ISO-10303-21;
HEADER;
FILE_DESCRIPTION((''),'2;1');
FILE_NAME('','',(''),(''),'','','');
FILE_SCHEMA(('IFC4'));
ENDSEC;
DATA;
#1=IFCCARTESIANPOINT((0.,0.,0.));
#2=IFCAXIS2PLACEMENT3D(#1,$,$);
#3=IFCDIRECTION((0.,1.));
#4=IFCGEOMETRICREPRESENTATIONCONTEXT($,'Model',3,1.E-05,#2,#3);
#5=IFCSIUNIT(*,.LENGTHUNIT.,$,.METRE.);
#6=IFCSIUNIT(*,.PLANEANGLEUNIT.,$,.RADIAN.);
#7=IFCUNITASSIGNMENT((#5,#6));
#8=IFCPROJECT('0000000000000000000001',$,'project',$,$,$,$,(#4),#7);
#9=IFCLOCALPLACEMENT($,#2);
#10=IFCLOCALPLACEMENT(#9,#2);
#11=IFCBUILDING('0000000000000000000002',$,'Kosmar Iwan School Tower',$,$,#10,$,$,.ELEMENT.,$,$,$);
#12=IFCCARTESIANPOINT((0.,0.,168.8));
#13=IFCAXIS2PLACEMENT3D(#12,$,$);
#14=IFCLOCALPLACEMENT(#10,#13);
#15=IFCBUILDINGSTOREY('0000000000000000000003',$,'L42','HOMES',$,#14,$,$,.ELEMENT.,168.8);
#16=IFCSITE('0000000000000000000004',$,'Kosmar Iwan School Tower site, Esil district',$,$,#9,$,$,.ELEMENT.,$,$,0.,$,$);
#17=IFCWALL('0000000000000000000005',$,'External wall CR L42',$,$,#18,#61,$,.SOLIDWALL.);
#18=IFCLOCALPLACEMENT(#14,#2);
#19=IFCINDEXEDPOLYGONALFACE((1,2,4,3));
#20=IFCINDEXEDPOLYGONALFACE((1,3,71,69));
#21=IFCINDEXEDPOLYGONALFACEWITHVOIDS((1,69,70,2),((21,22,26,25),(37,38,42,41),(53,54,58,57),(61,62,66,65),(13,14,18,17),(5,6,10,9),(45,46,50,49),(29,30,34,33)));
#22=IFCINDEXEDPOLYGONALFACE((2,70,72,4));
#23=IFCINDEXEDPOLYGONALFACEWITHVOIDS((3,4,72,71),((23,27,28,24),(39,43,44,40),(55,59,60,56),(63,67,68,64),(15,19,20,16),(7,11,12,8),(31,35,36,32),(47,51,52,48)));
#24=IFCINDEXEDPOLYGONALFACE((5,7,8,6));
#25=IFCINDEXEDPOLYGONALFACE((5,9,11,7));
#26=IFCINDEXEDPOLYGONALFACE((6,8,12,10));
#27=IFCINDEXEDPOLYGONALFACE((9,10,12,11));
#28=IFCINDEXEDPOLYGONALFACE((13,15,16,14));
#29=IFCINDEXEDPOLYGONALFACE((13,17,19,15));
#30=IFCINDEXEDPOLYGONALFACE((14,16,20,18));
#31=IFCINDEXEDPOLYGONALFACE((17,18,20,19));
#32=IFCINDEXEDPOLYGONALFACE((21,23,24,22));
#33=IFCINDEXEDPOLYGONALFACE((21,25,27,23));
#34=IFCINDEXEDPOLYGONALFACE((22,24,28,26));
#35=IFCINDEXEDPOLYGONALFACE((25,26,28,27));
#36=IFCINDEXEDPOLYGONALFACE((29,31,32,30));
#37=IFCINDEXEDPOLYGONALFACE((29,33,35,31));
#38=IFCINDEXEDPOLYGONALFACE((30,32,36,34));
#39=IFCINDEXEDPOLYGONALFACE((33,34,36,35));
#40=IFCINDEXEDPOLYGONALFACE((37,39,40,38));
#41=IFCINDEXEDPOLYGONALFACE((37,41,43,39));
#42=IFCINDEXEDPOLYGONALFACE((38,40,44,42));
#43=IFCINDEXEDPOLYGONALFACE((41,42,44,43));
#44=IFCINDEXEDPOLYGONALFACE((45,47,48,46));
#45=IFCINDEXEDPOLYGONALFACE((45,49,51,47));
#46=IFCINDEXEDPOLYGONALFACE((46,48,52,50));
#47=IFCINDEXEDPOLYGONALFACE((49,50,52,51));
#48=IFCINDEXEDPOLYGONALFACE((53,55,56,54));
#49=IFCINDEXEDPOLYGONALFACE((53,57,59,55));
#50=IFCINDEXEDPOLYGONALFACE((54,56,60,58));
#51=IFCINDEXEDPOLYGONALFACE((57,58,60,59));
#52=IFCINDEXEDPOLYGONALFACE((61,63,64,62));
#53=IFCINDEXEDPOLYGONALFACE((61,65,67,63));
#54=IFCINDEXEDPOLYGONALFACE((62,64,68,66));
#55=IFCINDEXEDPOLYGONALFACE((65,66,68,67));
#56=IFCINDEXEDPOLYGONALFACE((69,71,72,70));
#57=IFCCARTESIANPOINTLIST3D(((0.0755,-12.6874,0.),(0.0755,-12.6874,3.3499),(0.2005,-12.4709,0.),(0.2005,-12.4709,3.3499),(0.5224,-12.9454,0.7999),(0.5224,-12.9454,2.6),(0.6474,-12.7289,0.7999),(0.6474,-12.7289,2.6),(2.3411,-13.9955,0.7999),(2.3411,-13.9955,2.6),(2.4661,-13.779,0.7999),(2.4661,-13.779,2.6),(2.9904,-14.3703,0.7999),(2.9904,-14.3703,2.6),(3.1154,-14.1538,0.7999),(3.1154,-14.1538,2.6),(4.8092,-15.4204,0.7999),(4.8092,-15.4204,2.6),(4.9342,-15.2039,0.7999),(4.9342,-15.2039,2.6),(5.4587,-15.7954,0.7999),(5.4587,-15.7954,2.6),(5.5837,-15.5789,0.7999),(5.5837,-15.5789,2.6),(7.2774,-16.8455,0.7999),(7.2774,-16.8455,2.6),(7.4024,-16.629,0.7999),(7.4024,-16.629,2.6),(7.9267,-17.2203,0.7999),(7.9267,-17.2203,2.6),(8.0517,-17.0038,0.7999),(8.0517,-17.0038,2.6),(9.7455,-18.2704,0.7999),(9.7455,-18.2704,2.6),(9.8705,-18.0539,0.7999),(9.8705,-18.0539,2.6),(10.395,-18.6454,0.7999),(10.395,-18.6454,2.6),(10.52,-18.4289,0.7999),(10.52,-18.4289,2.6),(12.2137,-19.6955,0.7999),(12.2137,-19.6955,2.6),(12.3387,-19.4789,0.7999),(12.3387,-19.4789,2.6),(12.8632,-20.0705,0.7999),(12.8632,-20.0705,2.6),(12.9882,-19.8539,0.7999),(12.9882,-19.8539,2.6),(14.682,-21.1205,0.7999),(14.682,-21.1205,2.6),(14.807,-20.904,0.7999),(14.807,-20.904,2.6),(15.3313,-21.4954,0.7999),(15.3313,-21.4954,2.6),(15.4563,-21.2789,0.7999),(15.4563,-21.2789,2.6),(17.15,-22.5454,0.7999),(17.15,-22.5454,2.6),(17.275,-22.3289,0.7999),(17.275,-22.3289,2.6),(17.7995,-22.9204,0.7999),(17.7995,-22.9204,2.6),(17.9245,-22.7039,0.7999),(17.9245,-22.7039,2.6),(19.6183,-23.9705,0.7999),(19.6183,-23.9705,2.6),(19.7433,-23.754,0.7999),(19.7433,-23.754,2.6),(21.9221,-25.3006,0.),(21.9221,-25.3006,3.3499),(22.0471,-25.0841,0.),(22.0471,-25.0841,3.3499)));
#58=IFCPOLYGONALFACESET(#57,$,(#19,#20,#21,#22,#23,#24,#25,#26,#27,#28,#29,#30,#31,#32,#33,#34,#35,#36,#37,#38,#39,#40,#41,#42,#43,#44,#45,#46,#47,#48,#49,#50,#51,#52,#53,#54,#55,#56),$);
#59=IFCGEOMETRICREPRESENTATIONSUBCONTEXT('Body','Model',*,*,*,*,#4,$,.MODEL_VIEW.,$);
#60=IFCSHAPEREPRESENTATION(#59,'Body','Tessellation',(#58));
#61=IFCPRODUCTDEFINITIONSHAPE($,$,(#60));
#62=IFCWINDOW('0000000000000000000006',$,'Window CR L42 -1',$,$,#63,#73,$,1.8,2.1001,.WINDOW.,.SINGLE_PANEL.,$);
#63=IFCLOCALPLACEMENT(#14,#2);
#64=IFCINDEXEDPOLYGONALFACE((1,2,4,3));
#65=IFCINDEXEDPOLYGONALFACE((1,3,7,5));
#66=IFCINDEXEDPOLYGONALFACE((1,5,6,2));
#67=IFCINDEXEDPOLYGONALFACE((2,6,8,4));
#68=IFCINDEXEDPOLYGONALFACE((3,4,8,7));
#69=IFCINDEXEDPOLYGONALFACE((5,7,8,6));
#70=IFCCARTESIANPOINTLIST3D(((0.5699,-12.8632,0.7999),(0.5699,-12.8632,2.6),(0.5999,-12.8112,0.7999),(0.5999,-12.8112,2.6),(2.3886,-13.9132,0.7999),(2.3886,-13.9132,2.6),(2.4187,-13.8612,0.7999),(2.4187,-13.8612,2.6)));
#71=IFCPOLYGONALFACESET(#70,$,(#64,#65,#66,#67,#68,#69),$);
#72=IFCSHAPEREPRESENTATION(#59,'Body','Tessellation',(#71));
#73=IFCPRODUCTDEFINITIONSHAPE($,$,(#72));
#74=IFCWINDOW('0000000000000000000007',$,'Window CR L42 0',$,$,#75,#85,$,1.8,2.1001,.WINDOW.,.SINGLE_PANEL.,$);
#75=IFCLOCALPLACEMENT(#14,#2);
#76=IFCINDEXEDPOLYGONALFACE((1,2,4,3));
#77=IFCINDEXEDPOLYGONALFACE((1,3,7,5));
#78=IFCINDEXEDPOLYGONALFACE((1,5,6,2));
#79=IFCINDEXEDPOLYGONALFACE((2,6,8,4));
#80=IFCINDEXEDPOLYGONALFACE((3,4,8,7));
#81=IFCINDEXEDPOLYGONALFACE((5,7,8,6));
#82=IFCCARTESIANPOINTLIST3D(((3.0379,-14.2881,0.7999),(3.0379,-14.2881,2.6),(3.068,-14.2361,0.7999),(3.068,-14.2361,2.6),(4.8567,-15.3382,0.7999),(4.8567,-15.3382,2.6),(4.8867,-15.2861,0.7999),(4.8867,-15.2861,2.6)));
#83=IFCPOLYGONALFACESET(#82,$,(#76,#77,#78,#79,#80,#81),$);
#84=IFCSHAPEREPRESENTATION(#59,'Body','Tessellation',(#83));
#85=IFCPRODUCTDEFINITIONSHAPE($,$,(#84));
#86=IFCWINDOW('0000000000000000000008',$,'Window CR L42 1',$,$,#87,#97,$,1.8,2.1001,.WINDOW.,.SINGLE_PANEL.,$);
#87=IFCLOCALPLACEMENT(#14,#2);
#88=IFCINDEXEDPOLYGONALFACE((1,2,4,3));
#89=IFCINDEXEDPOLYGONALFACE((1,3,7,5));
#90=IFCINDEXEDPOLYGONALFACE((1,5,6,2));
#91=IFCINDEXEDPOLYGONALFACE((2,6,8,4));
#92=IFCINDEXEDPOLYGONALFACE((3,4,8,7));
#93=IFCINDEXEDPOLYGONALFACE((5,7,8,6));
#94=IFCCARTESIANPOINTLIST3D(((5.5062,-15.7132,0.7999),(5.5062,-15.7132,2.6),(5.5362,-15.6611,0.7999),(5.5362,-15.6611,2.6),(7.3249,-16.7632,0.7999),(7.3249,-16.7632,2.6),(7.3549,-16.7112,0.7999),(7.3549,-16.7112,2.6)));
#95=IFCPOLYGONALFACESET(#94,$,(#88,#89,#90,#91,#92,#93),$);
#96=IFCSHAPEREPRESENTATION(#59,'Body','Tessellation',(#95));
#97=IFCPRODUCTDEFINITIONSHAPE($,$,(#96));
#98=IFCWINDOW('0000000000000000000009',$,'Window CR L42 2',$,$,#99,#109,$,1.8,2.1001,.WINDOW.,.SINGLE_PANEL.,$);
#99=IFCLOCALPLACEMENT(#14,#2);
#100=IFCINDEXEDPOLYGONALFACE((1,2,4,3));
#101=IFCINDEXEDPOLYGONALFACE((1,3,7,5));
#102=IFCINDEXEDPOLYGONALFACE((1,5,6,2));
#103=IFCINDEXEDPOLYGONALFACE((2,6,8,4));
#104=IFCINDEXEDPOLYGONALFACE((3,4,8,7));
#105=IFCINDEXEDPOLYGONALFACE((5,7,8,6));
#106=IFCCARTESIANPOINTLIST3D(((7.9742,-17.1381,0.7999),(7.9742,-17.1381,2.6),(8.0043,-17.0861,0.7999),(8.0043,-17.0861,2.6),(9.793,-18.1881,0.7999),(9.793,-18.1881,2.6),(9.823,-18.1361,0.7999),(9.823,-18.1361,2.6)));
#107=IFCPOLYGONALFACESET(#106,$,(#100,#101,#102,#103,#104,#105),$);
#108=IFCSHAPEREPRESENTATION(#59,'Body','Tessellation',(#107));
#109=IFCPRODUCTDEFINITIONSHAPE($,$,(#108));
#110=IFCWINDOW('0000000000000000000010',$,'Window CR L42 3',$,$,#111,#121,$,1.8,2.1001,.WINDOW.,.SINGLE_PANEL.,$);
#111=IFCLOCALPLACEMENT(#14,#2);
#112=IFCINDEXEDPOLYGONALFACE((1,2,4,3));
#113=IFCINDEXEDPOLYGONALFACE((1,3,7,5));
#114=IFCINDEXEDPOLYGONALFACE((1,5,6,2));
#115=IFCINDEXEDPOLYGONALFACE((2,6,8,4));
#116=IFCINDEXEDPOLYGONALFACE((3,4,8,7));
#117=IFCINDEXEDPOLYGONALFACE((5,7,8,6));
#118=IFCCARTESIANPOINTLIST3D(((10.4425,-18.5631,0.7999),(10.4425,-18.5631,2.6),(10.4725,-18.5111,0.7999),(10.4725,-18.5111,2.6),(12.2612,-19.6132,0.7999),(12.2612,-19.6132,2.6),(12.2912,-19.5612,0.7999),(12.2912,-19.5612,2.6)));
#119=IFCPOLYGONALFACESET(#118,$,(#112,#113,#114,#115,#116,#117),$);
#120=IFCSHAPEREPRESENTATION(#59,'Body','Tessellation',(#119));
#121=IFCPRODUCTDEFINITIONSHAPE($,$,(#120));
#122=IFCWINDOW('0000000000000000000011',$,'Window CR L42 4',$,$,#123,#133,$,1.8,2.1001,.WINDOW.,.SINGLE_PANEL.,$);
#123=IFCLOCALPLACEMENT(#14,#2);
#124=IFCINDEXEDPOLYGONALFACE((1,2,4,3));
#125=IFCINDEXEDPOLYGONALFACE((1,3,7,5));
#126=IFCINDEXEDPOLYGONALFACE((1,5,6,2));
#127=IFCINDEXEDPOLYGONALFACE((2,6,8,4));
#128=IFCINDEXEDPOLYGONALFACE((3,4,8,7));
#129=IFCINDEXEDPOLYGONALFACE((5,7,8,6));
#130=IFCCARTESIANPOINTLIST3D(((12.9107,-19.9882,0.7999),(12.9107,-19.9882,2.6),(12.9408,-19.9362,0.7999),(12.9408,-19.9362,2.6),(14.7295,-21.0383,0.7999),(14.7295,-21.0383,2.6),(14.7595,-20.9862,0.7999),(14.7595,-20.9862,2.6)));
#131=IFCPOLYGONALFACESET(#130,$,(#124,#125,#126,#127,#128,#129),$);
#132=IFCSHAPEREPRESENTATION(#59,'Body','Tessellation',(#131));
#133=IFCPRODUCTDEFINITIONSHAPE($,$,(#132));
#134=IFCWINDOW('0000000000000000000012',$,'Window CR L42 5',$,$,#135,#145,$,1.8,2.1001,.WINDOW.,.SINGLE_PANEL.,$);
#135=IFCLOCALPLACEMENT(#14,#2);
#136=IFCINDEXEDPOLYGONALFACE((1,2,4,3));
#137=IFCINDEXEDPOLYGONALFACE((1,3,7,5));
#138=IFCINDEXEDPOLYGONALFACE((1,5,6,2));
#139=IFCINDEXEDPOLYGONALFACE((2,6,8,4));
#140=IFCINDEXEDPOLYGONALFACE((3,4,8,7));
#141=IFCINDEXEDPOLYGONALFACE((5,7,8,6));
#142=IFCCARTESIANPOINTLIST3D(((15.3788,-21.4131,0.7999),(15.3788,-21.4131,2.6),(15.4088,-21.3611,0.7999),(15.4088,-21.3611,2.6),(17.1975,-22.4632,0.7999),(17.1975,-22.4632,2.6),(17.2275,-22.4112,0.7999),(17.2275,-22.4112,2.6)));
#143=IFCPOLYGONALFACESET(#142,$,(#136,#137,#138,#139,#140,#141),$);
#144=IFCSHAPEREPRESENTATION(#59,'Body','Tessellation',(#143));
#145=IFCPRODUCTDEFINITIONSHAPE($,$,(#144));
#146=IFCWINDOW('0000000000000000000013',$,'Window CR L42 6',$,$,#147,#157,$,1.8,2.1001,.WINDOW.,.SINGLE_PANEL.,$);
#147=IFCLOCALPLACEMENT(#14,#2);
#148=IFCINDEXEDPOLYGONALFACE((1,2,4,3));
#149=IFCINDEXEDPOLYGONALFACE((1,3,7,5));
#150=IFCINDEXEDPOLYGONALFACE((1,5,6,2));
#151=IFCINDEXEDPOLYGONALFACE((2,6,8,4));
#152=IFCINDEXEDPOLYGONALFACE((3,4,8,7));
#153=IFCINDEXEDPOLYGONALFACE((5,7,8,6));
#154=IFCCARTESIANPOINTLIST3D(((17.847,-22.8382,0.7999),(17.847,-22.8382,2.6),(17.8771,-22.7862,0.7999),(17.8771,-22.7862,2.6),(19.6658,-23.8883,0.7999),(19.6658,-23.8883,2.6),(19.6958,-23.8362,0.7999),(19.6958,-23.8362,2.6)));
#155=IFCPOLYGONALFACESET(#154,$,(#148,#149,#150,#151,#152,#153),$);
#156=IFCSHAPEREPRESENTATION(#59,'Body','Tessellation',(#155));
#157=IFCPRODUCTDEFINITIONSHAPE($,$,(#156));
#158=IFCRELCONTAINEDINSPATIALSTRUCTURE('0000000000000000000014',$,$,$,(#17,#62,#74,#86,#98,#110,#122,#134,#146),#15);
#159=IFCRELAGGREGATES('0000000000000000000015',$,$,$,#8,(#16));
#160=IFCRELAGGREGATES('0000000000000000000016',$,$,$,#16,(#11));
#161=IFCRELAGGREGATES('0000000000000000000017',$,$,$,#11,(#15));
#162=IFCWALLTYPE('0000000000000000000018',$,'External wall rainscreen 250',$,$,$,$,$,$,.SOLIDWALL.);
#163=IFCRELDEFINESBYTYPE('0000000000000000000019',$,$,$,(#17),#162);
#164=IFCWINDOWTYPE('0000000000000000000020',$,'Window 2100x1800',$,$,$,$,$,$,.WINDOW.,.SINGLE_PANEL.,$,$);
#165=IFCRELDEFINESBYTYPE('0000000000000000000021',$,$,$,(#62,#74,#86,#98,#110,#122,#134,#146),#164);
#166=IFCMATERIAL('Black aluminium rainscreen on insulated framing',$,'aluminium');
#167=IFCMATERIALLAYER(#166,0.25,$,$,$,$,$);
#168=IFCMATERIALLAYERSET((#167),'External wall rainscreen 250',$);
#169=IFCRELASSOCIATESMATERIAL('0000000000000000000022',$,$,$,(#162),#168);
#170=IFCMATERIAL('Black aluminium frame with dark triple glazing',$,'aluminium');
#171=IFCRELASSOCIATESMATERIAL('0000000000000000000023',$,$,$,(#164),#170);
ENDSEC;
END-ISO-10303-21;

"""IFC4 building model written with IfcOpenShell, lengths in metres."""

from ifc_helpers import new_model, si_unit, direction, frame, frame_2d, origin, place, context, subcontext, project, spatial, rectangle, extrude, material, layer, layer_set, type_object, element, fill, save


model = new_model("IFC4")

# Units and contexts
model_context = context("Model", 3, precision=1e-05, world=origin(), true_north=direction((0.0, 1.0)))
body_context = subcontext(model_context, "Body", "Model", "MODEL_VIEW")
ifc_project = project(units=[si_unit("LENGTHUNIT", "METRE"), si_unit("PLANEANGLEUNIT", "RADIAN")], contexts=[model_context])

# Site, building, storey
site_placement = place(None, origin())
site = spatial("IfcSite", under=ifc_project, at=site_placement, Name="Kosmar Iwan School Tower site, Esil district", CompositionType="ELEMENT", RefElevation=0.0)
building_placement = place(site_placement, origin())
building = spatial("IfcBuilding", under=site, at=building_placement, Name="Kosmar Iwan School Tower", CompositionType="ELEMENT")
storey_placement = place(building_placement, frame((0.0, 0.0, 168.8)))
storey = spatial("IfcBuildingStorey", under=building, at=storey_placement, Name="L42", Description="HOMES", CompositionType="ELEMENT", Elevation=168.8)

# Wall, openings, windows
ifc_material_1 = material(Name="Black aluminium rainscreen on insulated framing", Category="aluminium")
ifc_layer = layer(ifc_material_1, 0.25)
ifc_layer_set = layer_set([ifc_layer], Name="External wall rainscreen 250")
wall_type = type_object("IfcWallType", Name="External wall rainscreen 250", PredefinedType="SOLIDWALL", material=ifc_layer_set)
ifc_material_2 = material(Name="Black aluminium frame with dark triple glazing", Category="aluminium")
window_type = type_object("IfcWindowType", Name="Window 2100x1800", PartitioningType="SINGLE_PANEL", PredefinedType="WINDOW", material=ifc_material_2)
wall_1_placement = place(storey_placement, frame((0.1379, -12.5791, 0.0), z_axis=(0.0, 0.0, 1.0), x_axis=(0.866024, -0.500003, 0.0)))
wall_1 = element("IfcWall", 1, at=wall_1_placement, inside=storey, type_object=wall_type, Name="External wall CR L42", PredefinedType="SOLIDWALL", context=body_context, shape_type="SweptSolid", body=[
    extrude(rectangle(XDim=25.2263, YDim=0.25, at=frame_2d((12.6133, 0.0))), origin(), (0.0, 0.0, 1.0), 3.3499),
])
opening_1_placement = place(wall_1_placement, frame((0.5161, 0.0, 0.8)))
opening_1 = element("IfcOpeningElement", 2, at=opening_1_placement, cuts=wall_1, PredefinedType="OPENING", context=body_context, shape_type="SweptSolid", body=[
    extrude(rectangle(XDim=2.1001, YDim=1.8, at=frame_2d((1.05, 0.8999))), frame((0.0, 0.137, 0.0), z_axis=(0.0, -1.0, 0.0), x_axis=(1.0, 0.0, 0.0)), (0.0, 0.0, 1.0), 0.2739),
])
opening_2_placement = place(wall_1_placement, frame((3.366, 0.0, 0.8)))
opening_2 = element("IfcOpeningElement", 3, at=opening_2_placement, cuts=wall_1, PredefinedType="OPENING", context=body_context, shape_type="SweptSolid", body=[
    extrude(rectangle(XDim=2.1001, YDim=1.8, at=frame_2d((1.05, 0.8999))), frame((0.0, 0.137, 0.0), z_axis=(0.0, -1.0, 0.0), x_axis=(1.0, 0.0, 0.0)), (0.0, 0.0, 1.0), 0.2739),
])
opening_3_placement = place(wall_1_placement, frame((6.2161, 0.0, 0.8)))
opening_3 = element("IfcOpeningElement", 4, at=opening_3_placement, cuts=wall_1, PredefinedType="OPENING", context=body_context, shape_type="SweptSolid", body=[
    extrude(rectangle(XDim=2.1001, YDim=1.8, at=frame_2d((1.05, 0.8999))), frame((0.0, 0.137, 0.0), z_axis=(0.0, -1.0, 0.0), x_axis=(1.0, 0.0, 0.0)), (0.0, 0.0, 1.0), 0.2739),
])
opening_4_placement = place(wall_1_placement, frame((9.0659, 0.0, 0.8)))
opening_4 = element("IfcOpeningElement", 5, at=opening_4_placement, cuts=wall_1, PredefinedType="OPENING", context=body_context, shape_type="SweptSolid", body=[
    extrude(rectangle(XDim=2.1001, YDim=1.8, at=frame_2d((1.05, 0.8999))), frame((0.0, 0.137, 0.0), z_axis=(0.0, -1.0, 0.0), x_axis=(1.0, 0.0, 0.0)), (0.0, 0.0, 1.0), 0.2739),
])
opening_5_placement = place(wall_1_placement, frame((11.916, 0.0, 0.8)))
opening_5 = element("IfcOpeningElement", 6, at=opening_5_placement, cuts=wall_1, PredefinedType="OPENING", context=body_context, shape_type="SweptSolid", body=[
    extrude(rectangle(XDim=2.1001, YDim=1.8, at=frame_2d((1.05, 0.8999))), frame((0.0, 0.137, 0.0), z_axis=(0.0, -1.0, 0.0), x_axis=(1.0, 0.0, 0.0)), (0.0, 0.0, 1.0), 0.2739),
])
opening_6_placement = place(wall_1_placement, frame((14.7661, 0.0, 0.8)))
opening_6 = element("IfcOpeningElement", 7, at=opening_6_placement, cuts=wall_1, PredefinedType="OPENING", context=body_context, shape_type="SweptSolid", body=[
    extrude(rectangle(XDim=2.1001, YDim=1.8, at=frame_2d((1.05, 0.8999))), frame((0.0, 0.137, 0.0), z_axis=(0.0, -1.0, 0.0), x_axis=(1.0, 0.0, 0.0)), (0.0, 0.0, 1.0), 0.2739),
])
opening_7_placement = place(wall_1_placement, frame((17.616, 0.0, 0.8)))
opening_7 = element("IfcOpeningElement", 8, at=opening_7_placement, cuts=wall_1, PredefinedType="OPENING", context=body_context, shape_type="SweptSolid", body=[
    extrude(rectangle(XDim=2.1001, YDim=1.8, at=frame_2d((1.05, 0.8999))), frame((0.0, 0.137, 0.0), z_axis=(0.0, -1.0, 0.0), x_axis=(1.0, 0.0, 0.0)), (0.0, 0.0, 1.0), 0.2739),
])
opening_8_placement = place(wall_1_placement, frame((20.4661, 0.0, 0.8)))
opening_8 = element("IfcOpeningElement", 9, at=opening_8_placement, cuts=wall_1, PredefinedType="OPENING", context=body_context, shape_type="SweptSolid", body=[
    extrude(rectangle(XDim=2.1001, YDim=1.8, at=frame_2d((1.05, 0.8999))), frame((0.0, 0.137, 0.0), z_axis=(0.0, -1.0, 0.0), x_axis=(1.0, 0.0, 0.0)), (0.0, 0.0, 1.0), 0.2739),
])
window_1_placement = place(opening_1_placement, origin())
window_1 = element("IfcWindow", 10, at=window_1_placement, inside=storey, type_object=window_type, Name="Window CR L42 -1", OverallHeight=1.8, OverallWidth=2.1001, PartitioningType="SINGLE_PANEL", PredefinedType="WINDOW", context=body_context, shape_type="SweptSolid", body=[
    extrude(rectangle(XDim=2.1001, YDim=1.8, at=frame_2d((1.05, 0.8999))), frame((0.0, 0.03, 0.0), z_axis=(0.0, -1.0, 0.0), x_axis=(1.0, 0.0, 0.0)), (0.0, 0.0, 1.0), 0.0601),
])
fill(opening_1, window_1)
window_2_placement = place(opening_2_placement, origin())
window_2 = element("IfcWindow", 11, at=window_2_placement, inside=storey, type_object=window_type, Name="Window CR L42 0", OverallHeight=1.8, OverallWidth=2.1001, PartitioningType="SINGLE_PANEL", PredefinedType="WINDOW", context=body_context, shape_type="SweptSolid", body=[
    extrude(rectangle(XDim=2.1001, YDim=1.8, at=frame_2d((1.05, 0.8999))), frame((0.0, 0.03, 0.0), z_axis=(0.0, -1.0, 0.0), x_axis=(1.0, 0.0, 0.0)), (0.0, 0.0, 1.0), 0.0601),
])
fill(opening_2, window_2)
window_3_placement = place(opening_3_placement, origin())
window_3 = element("IfcWindow", 12, at=window_3_placement, inside=storey, type_object=window_type, Name="Window CR L42 1", OverallHeight=1.8, OverallWidth=2.1001, PartitioningType="SINGLE_PANEL", PredefinedType="WINDOW", context=body_context, shape_type="SweptSolid", body=[
    extrude(rectangle(XDim=2.1001, YDim=1.8, at=frame_2d((1.05, 0.8999))), frame((0.0, 0.03, 0.0), z_axis=(0.0, -1.0, 0.0), x_axis=(1.0, 0.0, 0.0)), (0.0, 0.0, 1.0), 0.0601),
])
fill(opening_3, window_3)
window_4_placement = place(opening_4_placement, origin())
window_4 = element("IfcWindow", 13, at=window_4_placement, inside=storey, type_object=window_type, Name="Window CR L42 2", OverallHeight=1.8, OverallWidth=2.1001, PartitioningType="SINGLE_PANEL", PredefinedType="WINDOW", context=body_context, shape_type="SweptSolid", body=[
    extrude(rectangle(XDim=2.1001, YDim=1.8, at=frame_2d((1.05, 0.8999))), frame((0.0, 0.03, 0.0), z_axis=(0.0, -1.0, 0.0), x_axis=(1.0, 0.0, 0.0)), (0.0, 0.0, 1.0), 0.0601),
])
fill(opening_4, window_4)
window_5_placement = place(opening_5_placement, origin())
window_5 = element("IfcWindow", 14, at=window_5_placement, inside=storey, type_object=window_type, Name="Window CR L42 3", OverallHeight=1.8, OverallWidth=2.1001, PartitioningType="SINGLE_PANEL", PredefinedType="WINDOW", context=body_context, shape_type="SweptSolid", body=[
    extrude(rectangle(XDim=2.1001, YDim=1.8, at=frame_2d((1.05, 0.8999))), frame((0.0, 0.03, 0.0), z_axis=(0.0, -1.0, 0.0), x_axis=(1.0, 0.0, 0.0)), (0.0, 0.0, 1.0), 0.0601),
])
fill(opening_5, window_5)
window_6_placement = place(opening_6_placement, origin())
window_6 = element("IfcWindow", 15, at=window_6_placement, inside=storey, type_object=window_type, Name="Window CR L42 4", OverallHeight=1.8, OverallWidth=2.1001, PartitioningType="SINGLE_PANEL", PredefinedType="WINDOW", context=body_context, shape_type="SweptSolid", body=[
    extrude(rectangle(XDim=2.1001, YDim=1.8, at=frame_2d((1.05, 0.8999))), frame((0.0, 0.03, 0.0), z_axis=(0.0, -1.0, 0.0), x_axis=(1.0, 0.0, 0.0)), (0.0, 0.0, 1.0), 0.0601),
])
fill(opening_6, window_6)
window_7_placement = place(opening_7_placement, origin())
window_7 = element("IfcWindow", 16, at=window_7_placement, inside=storey, type_object=window_type, Name="Window CR L42 5", OverallHeight=1.8, OverallWidth=2.1001, PartitioningType="SINGLE_PANEL", PredefinedType="WINDOW", context=body_context, shape_type="SweptSolid", body=[
    extrude(rectangle(XDim=2.1001, YDim=1.8, at=frame_2d((1.05, 0.8999))), frame((0.0, 0.03, 0.0), z_axis=(0.0, -1.0, 0.0), x_axis=(1.0, 0.0, 0.0)), (0.0, 0.0, 1.0), 0.0601),
])
fill(opening_7, window_7)
window_8_placement = place(opening_8_placement, origin())
window_8 = element("IfcWindow", 17, at=window_8_placement, inside=storey, type_object=window_type, Name="Window CR L42 6", OverallHeight=1.8, OverallWidth=2.1001, PartitioningType="SINGLE_PANEL", PredefinedType="WINDOW", context=body_context, shape_type="SweptSolid", body=[
    extrude(rectangle(XDim=2.1001, YDim=1.8, at=frame_2d((1.05, 0.8999))), frame((0.0, 0.03, 0.0), z_axis=(0.0, -1.0, 0.0), x_axis=(1.0, 0.0, 0.0)), (0.0, 0.0, 1.0), 0.0601),
])
fill(opening_8, window_8)

save(model, "model.ifc")
